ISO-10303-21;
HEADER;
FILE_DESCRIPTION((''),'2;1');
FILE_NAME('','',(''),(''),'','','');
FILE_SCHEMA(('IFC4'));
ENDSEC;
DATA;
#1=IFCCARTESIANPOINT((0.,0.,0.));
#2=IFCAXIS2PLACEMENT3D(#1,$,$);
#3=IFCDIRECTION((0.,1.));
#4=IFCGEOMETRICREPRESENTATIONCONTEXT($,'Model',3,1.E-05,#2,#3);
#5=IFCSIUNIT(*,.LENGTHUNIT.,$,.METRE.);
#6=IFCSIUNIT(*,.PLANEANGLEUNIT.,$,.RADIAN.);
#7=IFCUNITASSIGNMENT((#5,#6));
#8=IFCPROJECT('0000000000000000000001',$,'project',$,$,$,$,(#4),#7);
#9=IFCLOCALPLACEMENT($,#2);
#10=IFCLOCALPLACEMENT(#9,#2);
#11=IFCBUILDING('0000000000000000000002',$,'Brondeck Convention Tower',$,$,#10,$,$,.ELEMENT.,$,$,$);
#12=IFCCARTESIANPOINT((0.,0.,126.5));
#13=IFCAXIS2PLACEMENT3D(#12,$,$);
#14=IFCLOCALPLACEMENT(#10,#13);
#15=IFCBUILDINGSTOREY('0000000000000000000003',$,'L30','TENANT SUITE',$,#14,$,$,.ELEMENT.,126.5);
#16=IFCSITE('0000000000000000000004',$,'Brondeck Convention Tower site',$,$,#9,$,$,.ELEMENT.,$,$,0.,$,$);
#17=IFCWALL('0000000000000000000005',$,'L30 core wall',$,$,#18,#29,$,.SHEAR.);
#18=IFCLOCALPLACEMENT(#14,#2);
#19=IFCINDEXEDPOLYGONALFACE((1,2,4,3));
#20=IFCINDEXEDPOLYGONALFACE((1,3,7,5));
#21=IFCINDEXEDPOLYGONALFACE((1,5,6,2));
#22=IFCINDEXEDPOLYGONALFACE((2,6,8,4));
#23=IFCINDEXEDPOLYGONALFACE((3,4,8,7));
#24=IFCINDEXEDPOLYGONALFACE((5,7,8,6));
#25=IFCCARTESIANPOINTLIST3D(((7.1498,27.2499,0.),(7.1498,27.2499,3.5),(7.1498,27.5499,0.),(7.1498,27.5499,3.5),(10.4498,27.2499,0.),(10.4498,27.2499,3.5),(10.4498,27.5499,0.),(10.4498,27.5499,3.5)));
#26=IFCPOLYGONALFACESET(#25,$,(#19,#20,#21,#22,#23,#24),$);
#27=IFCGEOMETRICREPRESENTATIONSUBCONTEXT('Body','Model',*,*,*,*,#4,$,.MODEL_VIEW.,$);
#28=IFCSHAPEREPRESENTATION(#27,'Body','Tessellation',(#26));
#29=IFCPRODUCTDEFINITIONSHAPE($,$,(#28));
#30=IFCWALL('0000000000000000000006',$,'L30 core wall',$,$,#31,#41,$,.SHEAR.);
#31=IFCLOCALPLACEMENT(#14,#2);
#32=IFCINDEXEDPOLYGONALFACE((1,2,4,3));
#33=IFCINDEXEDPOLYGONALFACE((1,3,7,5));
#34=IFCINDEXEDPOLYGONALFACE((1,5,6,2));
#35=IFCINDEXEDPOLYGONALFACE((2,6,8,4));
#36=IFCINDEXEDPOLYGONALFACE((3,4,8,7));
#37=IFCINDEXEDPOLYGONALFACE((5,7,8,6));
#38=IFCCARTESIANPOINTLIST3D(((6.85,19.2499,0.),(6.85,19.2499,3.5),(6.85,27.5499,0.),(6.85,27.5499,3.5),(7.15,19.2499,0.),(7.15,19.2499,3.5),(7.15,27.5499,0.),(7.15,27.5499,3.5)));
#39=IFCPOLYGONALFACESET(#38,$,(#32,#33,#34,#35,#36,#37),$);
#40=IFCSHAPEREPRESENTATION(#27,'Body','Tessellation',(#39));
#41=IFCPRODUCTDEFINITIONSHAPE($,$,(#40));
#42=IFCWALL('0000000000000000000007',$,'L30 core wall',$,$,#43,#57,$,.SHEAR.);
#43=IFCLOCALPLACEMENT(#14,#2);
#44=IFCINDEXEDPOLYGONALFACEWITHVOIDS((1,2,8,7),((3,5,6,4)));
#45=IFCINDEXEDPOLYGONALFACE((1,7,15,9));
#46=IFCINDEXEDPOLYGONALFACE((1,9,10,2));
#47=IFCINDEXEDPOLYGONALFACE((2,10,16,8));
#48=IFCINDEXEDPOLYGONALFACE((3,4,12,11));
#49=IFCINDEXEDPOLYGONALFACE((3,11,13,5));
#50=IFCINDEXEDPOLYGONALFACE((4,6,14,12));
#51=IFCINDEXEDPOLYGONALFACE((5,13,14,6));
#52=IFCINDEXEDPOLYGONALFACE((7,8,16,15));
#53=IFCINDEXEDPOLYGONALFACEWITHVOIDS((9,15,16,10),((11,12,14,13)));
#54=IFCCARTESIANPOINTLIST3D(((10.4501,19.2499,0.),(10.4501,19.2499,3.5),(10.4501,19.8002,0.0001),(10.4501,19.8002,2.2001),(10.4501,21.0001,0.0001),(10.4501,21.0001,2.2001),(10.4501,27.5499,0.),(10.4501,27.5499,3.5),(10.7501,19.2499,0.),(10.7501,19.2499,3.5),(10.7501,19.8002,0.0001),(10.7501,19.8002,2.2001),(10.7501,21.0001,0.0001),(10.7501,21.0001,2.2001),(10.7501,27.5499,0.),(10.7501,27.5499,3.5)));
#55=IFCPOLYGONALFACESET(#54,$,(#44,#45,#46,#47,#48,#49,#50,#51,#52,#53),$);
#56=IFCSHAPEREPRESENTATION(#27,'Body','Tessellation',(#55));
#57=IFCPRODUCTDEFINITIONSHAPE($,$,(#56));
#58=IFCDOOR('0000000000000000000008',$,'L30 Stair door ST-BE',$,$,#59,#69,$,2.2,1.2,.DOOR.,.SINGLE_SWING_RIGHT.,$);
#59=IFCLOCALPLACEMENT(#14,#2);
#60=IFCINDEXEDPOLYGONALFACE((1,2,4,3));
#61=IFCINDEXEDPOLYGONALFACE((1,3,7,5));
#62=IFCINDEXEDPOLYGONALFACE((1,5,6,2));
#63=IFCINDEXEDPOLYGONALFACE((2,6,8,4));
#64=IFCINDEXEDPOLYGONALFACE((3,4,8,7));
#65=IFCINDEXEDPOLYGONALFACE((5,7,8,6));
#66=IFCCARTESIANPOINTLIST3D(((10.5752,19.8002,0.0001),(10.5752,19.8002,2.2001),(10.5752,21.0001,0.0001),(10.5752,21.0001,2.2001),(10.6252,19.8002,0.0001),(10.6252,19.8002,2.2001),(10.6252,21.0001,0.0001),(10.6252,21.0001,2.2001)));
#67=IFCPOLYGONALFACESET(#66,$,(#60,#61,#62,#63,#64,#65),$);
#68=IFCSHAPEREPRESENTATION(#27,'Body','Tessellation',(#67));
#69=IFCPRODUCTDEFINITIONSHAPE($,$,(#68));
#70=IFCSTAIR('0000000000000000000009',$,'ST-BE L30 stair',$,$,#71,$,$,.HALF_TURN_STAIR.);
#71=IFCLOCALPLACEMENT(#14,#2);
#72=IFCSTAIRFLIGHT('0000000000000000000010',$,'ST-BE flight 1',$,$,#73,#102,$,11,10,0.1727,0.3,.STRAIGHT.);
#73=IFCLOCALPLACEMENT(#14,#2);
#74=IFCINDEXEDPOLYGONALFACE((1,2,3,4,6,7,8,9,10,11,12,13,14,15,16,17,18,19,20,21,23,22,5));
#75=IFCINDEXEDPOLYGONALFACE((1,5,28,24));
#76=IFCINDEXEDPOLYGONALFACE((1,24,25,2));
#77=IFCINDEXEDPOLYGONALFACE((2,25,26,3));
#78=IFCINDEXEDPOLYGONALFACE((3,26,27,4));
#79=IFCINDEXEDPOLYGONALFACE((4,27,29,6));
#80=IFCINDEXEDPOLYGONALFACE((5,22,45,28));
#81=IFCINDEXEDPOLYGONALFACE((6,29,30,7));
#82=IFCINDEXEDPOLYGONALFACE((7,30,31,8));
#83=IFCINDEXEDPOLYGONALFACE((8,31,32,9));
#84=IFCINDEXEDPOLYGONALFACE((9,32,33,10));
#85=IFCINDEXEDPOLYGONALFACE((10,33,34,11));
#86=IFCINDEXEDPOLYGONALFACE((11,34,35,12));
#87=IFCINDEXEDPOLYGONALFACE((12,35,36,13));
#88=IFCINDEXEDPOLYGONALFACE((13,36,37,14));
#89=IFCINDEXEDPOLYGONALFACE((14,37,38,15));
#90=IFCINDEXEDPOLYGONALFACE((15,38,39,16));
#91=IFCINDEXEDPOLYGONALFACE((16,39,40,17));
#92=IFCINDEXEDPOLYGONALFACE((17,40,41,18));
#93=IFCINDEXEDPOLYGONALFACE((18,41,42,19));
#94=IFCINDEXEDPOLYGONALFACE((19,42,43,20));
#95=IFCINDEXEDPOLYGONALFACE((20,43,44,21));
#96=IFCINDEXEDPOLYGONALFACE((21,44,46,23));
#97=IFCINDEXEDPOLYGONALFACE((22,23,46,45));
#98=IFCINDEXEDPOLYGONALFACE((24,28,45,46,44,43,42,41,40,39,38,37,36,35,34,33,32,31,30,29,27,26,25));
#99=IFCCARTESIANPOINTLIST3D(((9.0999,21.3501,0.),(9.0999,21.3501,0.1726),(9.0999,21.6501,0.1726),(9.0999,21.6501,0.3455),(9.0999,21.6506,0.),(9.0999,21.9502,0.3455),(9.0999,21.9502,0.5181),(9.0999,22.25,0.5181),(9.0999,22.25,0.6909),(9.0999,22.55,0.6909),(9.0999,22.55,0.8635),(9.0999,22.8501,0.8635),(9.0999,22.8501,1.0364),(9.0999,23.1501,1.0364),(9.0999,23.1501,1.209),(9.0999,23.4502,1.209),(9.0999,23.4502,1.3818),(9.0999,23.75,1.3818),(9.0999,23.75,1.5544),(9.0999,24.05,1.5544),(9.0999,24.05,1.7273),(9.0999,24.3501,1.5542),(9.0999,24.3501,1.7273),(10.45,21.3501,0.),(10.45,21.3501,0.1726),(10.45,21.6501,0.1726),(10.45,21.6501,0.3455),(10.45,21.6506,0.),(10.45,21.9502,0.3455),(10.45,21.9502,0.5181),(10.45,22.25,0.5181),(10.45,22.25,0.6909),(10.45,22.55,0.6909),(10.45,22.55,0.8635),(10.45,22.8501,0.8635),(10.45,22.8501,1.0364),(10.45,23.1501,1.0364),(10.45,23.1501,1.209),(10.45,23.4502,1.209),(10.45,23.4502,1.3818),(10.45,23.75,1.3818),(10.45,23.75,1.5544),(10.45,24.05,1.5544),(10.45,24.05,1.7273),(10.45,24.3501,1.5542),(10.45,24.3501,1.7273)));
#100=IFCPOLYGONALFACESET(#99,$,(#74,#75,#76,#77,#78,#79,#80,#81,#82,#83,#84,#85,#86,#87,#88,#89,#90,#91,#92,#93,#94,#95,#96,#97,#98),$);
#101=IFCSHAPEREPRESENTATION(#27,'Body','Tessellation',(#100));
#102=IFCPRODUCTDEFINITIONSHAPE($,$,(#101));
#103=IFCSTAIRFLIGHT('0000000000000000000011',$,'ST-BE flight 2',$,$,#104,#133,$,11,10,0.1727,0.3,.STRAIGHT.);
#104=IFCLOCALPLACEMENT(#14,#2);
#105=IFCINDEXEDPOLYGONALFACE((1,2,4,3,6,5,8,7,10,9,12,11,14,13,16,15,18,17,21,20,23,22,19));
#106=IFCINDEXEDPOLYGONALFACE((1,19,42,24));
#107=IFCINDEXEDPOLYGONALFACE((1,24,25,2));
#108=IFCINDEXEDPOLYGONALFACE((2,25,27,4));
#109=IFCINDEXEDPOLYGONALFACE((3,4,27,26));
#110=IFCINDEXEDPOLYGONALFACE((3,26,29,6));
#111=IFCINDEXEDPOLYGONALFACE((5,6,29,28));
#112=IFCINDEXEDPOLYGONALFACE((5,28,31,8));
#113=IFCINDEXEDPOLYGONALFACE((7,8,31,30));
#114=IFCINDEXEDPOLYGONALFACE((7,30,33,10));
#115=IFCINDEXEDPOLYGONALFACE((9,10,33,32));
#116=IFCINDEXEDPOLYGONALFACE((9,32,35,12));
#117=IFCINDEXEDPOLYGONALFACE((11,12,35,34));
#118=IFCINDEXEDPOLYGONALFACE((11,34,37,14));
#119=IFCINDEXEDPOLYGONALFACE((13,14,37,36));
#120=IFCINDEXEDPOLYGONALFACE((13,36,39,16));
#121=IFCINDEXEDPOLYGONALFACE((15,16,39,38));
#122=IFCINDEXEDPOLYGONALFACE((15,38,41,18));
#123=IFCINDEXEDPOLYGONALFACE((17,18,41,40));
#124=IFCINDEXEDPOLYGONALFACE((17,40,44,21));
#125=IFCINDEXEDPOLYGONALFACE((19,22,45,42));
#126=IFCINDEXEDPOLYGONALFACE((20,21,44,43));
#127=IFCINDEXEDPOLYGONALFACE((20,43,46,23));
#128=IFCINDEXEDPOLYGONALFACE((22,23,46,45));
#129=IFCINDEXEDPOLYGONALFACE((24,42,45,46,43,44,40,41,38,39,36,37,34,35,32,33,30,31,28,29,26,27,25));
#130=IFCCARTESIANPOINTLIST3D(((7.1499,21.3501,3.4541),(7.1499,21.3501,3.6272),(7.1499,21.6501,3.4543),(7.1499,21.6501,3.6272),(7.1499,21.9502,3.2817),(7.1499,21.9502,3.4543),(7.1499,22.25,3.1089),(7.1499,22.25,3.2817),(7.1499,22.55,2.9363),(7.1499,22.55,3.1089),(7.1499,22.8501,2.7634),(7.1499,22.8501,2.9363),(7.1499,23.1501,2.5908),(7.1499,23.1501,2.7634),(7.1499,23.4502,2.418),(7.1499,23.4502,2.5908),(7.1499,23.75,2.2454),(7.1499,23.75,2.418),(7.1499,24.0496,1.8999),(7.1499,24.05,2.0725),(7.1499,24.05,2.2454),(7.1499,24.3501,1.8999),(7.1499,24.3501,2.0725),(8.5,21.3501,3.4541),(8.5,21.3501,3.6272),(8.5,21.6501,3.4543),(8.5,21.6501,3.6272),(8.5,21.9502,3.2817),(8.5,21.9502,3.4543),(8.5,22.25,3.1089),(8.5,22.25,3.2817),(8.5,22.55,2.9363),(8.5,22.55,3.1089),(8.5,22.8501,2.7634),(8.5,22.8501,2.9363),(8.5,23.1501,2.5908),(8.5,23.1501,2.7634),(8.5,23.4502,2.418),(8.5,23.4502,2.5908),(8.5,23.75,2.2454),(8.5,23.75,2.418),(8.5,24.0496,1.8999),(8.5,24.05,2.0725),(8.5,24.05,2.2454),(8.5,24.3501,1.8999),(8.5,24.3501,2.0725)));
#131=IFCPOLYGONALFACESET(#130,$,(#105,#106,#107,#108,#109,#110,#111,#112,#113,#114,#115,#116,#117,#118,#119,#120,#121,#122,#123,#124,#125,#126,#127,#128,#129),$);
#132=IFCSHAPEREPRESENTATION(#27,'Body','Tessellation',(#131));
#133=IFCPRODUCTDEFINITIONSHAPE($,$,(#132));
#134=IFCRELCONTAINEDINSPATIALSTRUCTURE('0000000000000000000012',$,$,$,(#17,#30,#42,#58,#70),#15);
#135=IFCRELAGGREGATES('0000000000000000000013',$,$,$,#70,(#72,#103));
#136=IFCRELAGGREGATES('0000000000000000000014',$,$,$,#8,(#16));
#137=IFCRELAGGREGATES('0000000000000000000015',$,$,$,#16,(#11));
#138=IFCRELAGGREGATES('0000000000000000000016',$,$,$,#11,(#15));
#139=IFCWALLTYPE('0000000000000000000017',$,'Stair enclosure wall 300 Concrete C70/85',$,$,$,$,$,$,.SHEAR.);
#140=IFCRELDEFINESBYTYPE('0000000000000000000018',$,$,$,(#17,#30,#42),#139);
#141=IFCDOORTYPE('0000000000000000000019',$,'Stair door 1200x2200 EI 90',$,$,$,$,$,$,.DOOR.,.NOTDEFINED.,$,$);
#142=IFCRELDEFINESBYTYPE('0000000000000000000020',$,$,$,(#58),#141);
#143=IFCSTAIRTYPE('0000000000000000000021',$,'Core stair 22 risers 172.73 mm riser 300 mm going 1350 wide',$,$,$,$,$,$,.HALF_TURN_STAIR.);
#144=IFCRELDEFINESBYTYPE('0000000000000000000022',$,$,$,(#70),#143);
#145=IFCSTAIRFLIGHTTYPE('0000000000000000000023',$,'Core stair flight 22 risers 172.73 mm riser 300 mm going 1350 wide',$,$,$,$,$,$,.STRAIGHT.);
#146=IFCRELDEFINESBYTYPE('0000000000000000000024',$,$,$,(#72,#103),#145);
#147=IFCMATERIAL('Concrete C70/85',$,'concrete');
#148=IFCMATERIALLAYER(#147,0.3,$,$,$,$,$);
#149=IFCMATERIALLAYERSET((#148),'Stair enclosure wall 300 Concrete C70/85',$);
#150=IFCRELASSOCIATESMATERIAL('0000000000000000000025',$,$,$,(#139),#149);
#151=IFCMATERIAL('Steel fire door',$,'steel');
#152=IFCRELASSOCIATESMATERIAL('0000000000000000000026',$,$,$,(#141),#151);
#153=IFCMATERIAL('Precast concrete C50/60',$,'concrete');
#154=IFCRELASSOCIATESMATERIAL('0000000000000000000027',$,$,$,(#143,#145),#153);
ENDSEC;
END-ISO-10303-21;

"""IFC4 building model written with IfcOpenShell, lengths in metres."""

from ifc_helpers import new_model, si_unit, direction, frame, frame_2d, origin, place, context, subcontext, project, spatial, polyline, rectangle, outline, extrude, material, layer, layer_set, type_object, element, fill, aggregate, save


model = new_model("IFC4")

# Units and contexts
model_context = context("Model", 3, precision=1e-05, world=origin(), true_north=direction((0.0, 1.0)))
body_context = subcontext(model_context, "Body", "Model", "MODEL_VIEW")
ifc_project = project(units=[si_unit("LENGTHUNIT", "METRE"), si_unit("PLANEANGLEUNIT", "RADIAN")], contexts=[model_context])

# Site, building, storey
site_placement = place(None, origin())
site = spatial("IfcSite", under=ifc_project, at=site_placement, Name="Brondeck Convention Tower site", CompositionType="ELEMENT", RefElevation=0.0)
building_placement = place(site_placement, origin())
building = spatial("IfcBuilding", under=site, at=building_placement, Name="Brondeck Convention Tower", CompositionType="ELEMENT")
storey_placement = place(building_placement, frame((0.0, 0.0, 126.5)))
storey = spatial("IfcBuildingStorey", under=building, at=storey_placement, Name="L30", Description="TENANT SUITE", CompositionType="ELEMENT", Elevation=126.5)

# Shared definitions
ifc_material_1 = material(Name="Concrete C70/85", Category="concrete")

# Walls
ifc_layer_1 = layer(ifc_material_1, 0.3)
ifc_layer_set_1 = layer_set([ifc_layer_1], Name="Stair enclosure wall 300 Concrete C70/85")
wall_type_1 = type_object("IfcWallType", Name="Stair enclosure wall 300 Concrete C70/85", PredefinedType="SHEAR", material=ifc_layer_set_1)
for number, where, z_axis, x_axis, name in (
    (1, (7.1499, 27.3999, 0.0), (0.0, 0.0, 1.0), (1.0, 0.0, 0.0), "L30 core wall"),
):
    element("IfcWall", number, at=place(storey_placement, frame(where, z_axis=z_axis, x_axis=x_axis)), inside=storey, type_object=wall_type_1, Name=name, PredefinedType="SHEAR", context=body_context, shape_type="SweptSolid", body=[
        extrude(rectangle(XDim=3.3, YDim=0.3, at=frame_2d((1.6499, 0.0))), origin(), (0.0, 0.0, 1.0), 3.5),
    ])
wall_1_placement = place(storey_placement, frame((7.0, 19.25, 0.0), z_axis=(0.0, 0.0, 1.0), x_axis=(0.0, 1.0, 0.0)))
element("IfcWall", 2, at=wall_1_placement, inside=storey, type_object=wall_type_1, Name="L30 core wall", PredefinedType="SHEAR", context=body_context, shape_type="SweptSolid", body=[
    extrude(rectangle(XDim=8.3, YDim=0.3, at=frame_2d((4.1499, 0.0))), origin(), (0.0, 0.0, 1.0), 3.5),
])

# Wall, opening, door
wall_2_placement = place(storey_placement, frame((10.6001, 19.25, 0.0), z_axis=(0.0, 0.0, 1.0), x_axis=(0.0, 1.0, 0.0)))
wall_2 = element("IfcWall", 3, at=wall_2_placement, inside=storey, type_object=wall_type_1, Name="L30 core wall", PredefinedType="SHEAR", context=body_context, shape_type="SweptSolid", body=[
    extrude(rectangle(XDim=8.3, YDim=0.3, at=frame_2d((4.1499, 0.0))), origin(), (0.0, 0.0, 1.0), 3.5),
])
opening_1_placement = place(wall_2_placement, frame((0.55, 0.0, 0.0)))
opening_1 = element("IfcOpeningElement", 4, at=opening_1_placement, cuts=wall_2, PredefinedType="OPENING", context=body_context, shape_type="SweptSolid", body=[
    extrude(rectangle(XDim=1.2, YDim=2.2, at=frame_2d((0.6001, 1.1001))), frame((0.0, 0.1599, 0.0), z_axis=(0.0, -1.0, 0.0), x_axis=(1.0, 0.0, 0.0)), (0.0, 0.0, 1.0), 0.3201),
])
ifc_material_2 = material(Name="Steel fire door", Category="steel")
door_type = type_object("IfcDoorType", Name="Stair door 1200x2200 EI 90", OperationType="NOTDEFINED", PredefinedType="DOOR", material=ifc_material_2)
door_placement = place(opening_1_placement, origin())
door = element("IfcDoor", 5, at=door_placement, inside=storey, type_object=door_type, Name="L30 Stair door ST-BE", OperationType="SINGLE_SWING_RIGHT", OverallHeight=2.2, OverallWidth=1.2, PredefinedType="DOOR", context=body_context, shape_type="SweptSolid", body=[
    extrude(rectangle(XDim=1.2, YDim=2.2, at=frame_2d((0.6001, 1.1001))), frame((0.0, 0.0249, 0.0), z_axis=(0.0, -1.0, 0.0), x_axis=(1.0, 0.0, 0.0)), (0.0, 0.0, 1.0), 0.05),
])
fill(opening_1, door)

# Stair, stair flights
ifc_material_3 = material(Name="Precast concrete C50/60", Category="concrete")
stair_type = type_object("IfcStairType", Name="Core stair 22 risers 172.73 mm riser 300 mm going 1350 wide", PredefinedType="HALF_TURN_STAIR", material=ifc_material_3)
stair_placement = place(storey_placement, origin())
stair = element("IfcStair", 6, at=stair_placement, inside=storey, type_object=stair_type, Name="ST-BE L30 stair", PredefinedType="HALF_TURN_STAIR")
stair_flight_type = type_object("IfcStairFlightType", Name="Core stair flight 22 risers 172.73 mm riser 300 mm going 1350 wide", PredefinedType="STRAIGHT", material=ifc_material_3)
stair_flight_1_placement = place(storey_placement, frame((9.7749, 21.3501, 0.0), z_axis=(0.0, 0.0, 1.0), x_axis=(0.0, 1.0, 0.0)))
stair_flight_1 = element("IfcStairFlight", 7, at=stair_flight_1_placement, type_object=stair_flight_type, Name="ST-BE flight 1", NumberOfRisers=11, NumberOfTreads=10, PredefinedType="STRAIGHT", RiserHeight=0.1727, TreadLength=0.3, context=body_context, shape_type="SweptSolid", body=[
    extrude(outline(polyline([(0.0, 0.0), (0.0, 0.1726), (0.3, 0.1726), (0.3, 0.3455), (0.6001, 0.3455), (0.6001, 0.5181), (0.8999, 0.5181), (0.8999, 0.6909), (1.2, 0.6909), (1.2, 0.8635), (1.5, 0.8635), (1.5, 1.0364), (1.8, 1.0364), (1.8, 1.209), (2.1001, 1.209), (2.1001, 1.3818), (2.3999, 1.3818), (2.3999, 1.5544), (2.7, 1.5544), (2.7, 1.7273), (3.0, 1.7273), (3.0, 1.8999), (3.0, 1.5542), (0.3005, 0.0), (0.0, 0.0)])), frame((0.0, 0.675, 0.0), z_axis=(0.0, -1.0, 0.0), x_axis=(1.0, 0.0, 0.0)), (0.0, 0.0, 1.0), 1.3501),
])
stair_flight_2_placement = place(storey_placement, frame((7.825, 24.3501, 1.8999), z_axis=(0.0, 0.0, 1.0), x_axis=(0.0, -1.0, 0.0)))
stair_flight_2 = element("IfcStairFlight", 8, at=stair_flight_2_placement, type_object=stair_flight_type, Name="ST-BE flight 2", NumberOfRisers=11, NumberOfTreads=10, PredefinedType="STRAIGHT", RiserHeight=0.1727, TreadLength=0.3, context=body_context, shape_type="SweptSolid", body=[
    extrude(outline(polyline([(0.0, 0.0), (0.0, 0.1726), (0.3, 0.1726), (0.3, 0.3455), (0.6001, 0.3455), (0.6001, 0.5181), (0.8999, 0.5181), (0.8999, 0.6909), (1.2, 0.6909), (1.2, 0.8635), (1.5, 0.8635), (1.5, 1.0364), (1.8, 1.0364), (1.8, 1.209), (2.1001, 1.209), (2.1001, 1.3818), (2.3999, 1.3818), (2.3999, 1.5544), (2.7, 1.5544), (2.7, 1.7273), (3.0, 1.7273), (3.0, 1.8999), (3.0, 1.5542), (0.3005, 0.0), (0.0, 0.0)])), frame((0.0, 0.675, 0.0), z_axis=(0.0, -1.0, 0.0), x_axis=(1.0, 0.0, 0.0)), (0.0, 0.0, 1.0), 1.3501),
])
aggregate(stair, [stair_flight_1, stair_flight_2])

save(model, "model.ifc")
